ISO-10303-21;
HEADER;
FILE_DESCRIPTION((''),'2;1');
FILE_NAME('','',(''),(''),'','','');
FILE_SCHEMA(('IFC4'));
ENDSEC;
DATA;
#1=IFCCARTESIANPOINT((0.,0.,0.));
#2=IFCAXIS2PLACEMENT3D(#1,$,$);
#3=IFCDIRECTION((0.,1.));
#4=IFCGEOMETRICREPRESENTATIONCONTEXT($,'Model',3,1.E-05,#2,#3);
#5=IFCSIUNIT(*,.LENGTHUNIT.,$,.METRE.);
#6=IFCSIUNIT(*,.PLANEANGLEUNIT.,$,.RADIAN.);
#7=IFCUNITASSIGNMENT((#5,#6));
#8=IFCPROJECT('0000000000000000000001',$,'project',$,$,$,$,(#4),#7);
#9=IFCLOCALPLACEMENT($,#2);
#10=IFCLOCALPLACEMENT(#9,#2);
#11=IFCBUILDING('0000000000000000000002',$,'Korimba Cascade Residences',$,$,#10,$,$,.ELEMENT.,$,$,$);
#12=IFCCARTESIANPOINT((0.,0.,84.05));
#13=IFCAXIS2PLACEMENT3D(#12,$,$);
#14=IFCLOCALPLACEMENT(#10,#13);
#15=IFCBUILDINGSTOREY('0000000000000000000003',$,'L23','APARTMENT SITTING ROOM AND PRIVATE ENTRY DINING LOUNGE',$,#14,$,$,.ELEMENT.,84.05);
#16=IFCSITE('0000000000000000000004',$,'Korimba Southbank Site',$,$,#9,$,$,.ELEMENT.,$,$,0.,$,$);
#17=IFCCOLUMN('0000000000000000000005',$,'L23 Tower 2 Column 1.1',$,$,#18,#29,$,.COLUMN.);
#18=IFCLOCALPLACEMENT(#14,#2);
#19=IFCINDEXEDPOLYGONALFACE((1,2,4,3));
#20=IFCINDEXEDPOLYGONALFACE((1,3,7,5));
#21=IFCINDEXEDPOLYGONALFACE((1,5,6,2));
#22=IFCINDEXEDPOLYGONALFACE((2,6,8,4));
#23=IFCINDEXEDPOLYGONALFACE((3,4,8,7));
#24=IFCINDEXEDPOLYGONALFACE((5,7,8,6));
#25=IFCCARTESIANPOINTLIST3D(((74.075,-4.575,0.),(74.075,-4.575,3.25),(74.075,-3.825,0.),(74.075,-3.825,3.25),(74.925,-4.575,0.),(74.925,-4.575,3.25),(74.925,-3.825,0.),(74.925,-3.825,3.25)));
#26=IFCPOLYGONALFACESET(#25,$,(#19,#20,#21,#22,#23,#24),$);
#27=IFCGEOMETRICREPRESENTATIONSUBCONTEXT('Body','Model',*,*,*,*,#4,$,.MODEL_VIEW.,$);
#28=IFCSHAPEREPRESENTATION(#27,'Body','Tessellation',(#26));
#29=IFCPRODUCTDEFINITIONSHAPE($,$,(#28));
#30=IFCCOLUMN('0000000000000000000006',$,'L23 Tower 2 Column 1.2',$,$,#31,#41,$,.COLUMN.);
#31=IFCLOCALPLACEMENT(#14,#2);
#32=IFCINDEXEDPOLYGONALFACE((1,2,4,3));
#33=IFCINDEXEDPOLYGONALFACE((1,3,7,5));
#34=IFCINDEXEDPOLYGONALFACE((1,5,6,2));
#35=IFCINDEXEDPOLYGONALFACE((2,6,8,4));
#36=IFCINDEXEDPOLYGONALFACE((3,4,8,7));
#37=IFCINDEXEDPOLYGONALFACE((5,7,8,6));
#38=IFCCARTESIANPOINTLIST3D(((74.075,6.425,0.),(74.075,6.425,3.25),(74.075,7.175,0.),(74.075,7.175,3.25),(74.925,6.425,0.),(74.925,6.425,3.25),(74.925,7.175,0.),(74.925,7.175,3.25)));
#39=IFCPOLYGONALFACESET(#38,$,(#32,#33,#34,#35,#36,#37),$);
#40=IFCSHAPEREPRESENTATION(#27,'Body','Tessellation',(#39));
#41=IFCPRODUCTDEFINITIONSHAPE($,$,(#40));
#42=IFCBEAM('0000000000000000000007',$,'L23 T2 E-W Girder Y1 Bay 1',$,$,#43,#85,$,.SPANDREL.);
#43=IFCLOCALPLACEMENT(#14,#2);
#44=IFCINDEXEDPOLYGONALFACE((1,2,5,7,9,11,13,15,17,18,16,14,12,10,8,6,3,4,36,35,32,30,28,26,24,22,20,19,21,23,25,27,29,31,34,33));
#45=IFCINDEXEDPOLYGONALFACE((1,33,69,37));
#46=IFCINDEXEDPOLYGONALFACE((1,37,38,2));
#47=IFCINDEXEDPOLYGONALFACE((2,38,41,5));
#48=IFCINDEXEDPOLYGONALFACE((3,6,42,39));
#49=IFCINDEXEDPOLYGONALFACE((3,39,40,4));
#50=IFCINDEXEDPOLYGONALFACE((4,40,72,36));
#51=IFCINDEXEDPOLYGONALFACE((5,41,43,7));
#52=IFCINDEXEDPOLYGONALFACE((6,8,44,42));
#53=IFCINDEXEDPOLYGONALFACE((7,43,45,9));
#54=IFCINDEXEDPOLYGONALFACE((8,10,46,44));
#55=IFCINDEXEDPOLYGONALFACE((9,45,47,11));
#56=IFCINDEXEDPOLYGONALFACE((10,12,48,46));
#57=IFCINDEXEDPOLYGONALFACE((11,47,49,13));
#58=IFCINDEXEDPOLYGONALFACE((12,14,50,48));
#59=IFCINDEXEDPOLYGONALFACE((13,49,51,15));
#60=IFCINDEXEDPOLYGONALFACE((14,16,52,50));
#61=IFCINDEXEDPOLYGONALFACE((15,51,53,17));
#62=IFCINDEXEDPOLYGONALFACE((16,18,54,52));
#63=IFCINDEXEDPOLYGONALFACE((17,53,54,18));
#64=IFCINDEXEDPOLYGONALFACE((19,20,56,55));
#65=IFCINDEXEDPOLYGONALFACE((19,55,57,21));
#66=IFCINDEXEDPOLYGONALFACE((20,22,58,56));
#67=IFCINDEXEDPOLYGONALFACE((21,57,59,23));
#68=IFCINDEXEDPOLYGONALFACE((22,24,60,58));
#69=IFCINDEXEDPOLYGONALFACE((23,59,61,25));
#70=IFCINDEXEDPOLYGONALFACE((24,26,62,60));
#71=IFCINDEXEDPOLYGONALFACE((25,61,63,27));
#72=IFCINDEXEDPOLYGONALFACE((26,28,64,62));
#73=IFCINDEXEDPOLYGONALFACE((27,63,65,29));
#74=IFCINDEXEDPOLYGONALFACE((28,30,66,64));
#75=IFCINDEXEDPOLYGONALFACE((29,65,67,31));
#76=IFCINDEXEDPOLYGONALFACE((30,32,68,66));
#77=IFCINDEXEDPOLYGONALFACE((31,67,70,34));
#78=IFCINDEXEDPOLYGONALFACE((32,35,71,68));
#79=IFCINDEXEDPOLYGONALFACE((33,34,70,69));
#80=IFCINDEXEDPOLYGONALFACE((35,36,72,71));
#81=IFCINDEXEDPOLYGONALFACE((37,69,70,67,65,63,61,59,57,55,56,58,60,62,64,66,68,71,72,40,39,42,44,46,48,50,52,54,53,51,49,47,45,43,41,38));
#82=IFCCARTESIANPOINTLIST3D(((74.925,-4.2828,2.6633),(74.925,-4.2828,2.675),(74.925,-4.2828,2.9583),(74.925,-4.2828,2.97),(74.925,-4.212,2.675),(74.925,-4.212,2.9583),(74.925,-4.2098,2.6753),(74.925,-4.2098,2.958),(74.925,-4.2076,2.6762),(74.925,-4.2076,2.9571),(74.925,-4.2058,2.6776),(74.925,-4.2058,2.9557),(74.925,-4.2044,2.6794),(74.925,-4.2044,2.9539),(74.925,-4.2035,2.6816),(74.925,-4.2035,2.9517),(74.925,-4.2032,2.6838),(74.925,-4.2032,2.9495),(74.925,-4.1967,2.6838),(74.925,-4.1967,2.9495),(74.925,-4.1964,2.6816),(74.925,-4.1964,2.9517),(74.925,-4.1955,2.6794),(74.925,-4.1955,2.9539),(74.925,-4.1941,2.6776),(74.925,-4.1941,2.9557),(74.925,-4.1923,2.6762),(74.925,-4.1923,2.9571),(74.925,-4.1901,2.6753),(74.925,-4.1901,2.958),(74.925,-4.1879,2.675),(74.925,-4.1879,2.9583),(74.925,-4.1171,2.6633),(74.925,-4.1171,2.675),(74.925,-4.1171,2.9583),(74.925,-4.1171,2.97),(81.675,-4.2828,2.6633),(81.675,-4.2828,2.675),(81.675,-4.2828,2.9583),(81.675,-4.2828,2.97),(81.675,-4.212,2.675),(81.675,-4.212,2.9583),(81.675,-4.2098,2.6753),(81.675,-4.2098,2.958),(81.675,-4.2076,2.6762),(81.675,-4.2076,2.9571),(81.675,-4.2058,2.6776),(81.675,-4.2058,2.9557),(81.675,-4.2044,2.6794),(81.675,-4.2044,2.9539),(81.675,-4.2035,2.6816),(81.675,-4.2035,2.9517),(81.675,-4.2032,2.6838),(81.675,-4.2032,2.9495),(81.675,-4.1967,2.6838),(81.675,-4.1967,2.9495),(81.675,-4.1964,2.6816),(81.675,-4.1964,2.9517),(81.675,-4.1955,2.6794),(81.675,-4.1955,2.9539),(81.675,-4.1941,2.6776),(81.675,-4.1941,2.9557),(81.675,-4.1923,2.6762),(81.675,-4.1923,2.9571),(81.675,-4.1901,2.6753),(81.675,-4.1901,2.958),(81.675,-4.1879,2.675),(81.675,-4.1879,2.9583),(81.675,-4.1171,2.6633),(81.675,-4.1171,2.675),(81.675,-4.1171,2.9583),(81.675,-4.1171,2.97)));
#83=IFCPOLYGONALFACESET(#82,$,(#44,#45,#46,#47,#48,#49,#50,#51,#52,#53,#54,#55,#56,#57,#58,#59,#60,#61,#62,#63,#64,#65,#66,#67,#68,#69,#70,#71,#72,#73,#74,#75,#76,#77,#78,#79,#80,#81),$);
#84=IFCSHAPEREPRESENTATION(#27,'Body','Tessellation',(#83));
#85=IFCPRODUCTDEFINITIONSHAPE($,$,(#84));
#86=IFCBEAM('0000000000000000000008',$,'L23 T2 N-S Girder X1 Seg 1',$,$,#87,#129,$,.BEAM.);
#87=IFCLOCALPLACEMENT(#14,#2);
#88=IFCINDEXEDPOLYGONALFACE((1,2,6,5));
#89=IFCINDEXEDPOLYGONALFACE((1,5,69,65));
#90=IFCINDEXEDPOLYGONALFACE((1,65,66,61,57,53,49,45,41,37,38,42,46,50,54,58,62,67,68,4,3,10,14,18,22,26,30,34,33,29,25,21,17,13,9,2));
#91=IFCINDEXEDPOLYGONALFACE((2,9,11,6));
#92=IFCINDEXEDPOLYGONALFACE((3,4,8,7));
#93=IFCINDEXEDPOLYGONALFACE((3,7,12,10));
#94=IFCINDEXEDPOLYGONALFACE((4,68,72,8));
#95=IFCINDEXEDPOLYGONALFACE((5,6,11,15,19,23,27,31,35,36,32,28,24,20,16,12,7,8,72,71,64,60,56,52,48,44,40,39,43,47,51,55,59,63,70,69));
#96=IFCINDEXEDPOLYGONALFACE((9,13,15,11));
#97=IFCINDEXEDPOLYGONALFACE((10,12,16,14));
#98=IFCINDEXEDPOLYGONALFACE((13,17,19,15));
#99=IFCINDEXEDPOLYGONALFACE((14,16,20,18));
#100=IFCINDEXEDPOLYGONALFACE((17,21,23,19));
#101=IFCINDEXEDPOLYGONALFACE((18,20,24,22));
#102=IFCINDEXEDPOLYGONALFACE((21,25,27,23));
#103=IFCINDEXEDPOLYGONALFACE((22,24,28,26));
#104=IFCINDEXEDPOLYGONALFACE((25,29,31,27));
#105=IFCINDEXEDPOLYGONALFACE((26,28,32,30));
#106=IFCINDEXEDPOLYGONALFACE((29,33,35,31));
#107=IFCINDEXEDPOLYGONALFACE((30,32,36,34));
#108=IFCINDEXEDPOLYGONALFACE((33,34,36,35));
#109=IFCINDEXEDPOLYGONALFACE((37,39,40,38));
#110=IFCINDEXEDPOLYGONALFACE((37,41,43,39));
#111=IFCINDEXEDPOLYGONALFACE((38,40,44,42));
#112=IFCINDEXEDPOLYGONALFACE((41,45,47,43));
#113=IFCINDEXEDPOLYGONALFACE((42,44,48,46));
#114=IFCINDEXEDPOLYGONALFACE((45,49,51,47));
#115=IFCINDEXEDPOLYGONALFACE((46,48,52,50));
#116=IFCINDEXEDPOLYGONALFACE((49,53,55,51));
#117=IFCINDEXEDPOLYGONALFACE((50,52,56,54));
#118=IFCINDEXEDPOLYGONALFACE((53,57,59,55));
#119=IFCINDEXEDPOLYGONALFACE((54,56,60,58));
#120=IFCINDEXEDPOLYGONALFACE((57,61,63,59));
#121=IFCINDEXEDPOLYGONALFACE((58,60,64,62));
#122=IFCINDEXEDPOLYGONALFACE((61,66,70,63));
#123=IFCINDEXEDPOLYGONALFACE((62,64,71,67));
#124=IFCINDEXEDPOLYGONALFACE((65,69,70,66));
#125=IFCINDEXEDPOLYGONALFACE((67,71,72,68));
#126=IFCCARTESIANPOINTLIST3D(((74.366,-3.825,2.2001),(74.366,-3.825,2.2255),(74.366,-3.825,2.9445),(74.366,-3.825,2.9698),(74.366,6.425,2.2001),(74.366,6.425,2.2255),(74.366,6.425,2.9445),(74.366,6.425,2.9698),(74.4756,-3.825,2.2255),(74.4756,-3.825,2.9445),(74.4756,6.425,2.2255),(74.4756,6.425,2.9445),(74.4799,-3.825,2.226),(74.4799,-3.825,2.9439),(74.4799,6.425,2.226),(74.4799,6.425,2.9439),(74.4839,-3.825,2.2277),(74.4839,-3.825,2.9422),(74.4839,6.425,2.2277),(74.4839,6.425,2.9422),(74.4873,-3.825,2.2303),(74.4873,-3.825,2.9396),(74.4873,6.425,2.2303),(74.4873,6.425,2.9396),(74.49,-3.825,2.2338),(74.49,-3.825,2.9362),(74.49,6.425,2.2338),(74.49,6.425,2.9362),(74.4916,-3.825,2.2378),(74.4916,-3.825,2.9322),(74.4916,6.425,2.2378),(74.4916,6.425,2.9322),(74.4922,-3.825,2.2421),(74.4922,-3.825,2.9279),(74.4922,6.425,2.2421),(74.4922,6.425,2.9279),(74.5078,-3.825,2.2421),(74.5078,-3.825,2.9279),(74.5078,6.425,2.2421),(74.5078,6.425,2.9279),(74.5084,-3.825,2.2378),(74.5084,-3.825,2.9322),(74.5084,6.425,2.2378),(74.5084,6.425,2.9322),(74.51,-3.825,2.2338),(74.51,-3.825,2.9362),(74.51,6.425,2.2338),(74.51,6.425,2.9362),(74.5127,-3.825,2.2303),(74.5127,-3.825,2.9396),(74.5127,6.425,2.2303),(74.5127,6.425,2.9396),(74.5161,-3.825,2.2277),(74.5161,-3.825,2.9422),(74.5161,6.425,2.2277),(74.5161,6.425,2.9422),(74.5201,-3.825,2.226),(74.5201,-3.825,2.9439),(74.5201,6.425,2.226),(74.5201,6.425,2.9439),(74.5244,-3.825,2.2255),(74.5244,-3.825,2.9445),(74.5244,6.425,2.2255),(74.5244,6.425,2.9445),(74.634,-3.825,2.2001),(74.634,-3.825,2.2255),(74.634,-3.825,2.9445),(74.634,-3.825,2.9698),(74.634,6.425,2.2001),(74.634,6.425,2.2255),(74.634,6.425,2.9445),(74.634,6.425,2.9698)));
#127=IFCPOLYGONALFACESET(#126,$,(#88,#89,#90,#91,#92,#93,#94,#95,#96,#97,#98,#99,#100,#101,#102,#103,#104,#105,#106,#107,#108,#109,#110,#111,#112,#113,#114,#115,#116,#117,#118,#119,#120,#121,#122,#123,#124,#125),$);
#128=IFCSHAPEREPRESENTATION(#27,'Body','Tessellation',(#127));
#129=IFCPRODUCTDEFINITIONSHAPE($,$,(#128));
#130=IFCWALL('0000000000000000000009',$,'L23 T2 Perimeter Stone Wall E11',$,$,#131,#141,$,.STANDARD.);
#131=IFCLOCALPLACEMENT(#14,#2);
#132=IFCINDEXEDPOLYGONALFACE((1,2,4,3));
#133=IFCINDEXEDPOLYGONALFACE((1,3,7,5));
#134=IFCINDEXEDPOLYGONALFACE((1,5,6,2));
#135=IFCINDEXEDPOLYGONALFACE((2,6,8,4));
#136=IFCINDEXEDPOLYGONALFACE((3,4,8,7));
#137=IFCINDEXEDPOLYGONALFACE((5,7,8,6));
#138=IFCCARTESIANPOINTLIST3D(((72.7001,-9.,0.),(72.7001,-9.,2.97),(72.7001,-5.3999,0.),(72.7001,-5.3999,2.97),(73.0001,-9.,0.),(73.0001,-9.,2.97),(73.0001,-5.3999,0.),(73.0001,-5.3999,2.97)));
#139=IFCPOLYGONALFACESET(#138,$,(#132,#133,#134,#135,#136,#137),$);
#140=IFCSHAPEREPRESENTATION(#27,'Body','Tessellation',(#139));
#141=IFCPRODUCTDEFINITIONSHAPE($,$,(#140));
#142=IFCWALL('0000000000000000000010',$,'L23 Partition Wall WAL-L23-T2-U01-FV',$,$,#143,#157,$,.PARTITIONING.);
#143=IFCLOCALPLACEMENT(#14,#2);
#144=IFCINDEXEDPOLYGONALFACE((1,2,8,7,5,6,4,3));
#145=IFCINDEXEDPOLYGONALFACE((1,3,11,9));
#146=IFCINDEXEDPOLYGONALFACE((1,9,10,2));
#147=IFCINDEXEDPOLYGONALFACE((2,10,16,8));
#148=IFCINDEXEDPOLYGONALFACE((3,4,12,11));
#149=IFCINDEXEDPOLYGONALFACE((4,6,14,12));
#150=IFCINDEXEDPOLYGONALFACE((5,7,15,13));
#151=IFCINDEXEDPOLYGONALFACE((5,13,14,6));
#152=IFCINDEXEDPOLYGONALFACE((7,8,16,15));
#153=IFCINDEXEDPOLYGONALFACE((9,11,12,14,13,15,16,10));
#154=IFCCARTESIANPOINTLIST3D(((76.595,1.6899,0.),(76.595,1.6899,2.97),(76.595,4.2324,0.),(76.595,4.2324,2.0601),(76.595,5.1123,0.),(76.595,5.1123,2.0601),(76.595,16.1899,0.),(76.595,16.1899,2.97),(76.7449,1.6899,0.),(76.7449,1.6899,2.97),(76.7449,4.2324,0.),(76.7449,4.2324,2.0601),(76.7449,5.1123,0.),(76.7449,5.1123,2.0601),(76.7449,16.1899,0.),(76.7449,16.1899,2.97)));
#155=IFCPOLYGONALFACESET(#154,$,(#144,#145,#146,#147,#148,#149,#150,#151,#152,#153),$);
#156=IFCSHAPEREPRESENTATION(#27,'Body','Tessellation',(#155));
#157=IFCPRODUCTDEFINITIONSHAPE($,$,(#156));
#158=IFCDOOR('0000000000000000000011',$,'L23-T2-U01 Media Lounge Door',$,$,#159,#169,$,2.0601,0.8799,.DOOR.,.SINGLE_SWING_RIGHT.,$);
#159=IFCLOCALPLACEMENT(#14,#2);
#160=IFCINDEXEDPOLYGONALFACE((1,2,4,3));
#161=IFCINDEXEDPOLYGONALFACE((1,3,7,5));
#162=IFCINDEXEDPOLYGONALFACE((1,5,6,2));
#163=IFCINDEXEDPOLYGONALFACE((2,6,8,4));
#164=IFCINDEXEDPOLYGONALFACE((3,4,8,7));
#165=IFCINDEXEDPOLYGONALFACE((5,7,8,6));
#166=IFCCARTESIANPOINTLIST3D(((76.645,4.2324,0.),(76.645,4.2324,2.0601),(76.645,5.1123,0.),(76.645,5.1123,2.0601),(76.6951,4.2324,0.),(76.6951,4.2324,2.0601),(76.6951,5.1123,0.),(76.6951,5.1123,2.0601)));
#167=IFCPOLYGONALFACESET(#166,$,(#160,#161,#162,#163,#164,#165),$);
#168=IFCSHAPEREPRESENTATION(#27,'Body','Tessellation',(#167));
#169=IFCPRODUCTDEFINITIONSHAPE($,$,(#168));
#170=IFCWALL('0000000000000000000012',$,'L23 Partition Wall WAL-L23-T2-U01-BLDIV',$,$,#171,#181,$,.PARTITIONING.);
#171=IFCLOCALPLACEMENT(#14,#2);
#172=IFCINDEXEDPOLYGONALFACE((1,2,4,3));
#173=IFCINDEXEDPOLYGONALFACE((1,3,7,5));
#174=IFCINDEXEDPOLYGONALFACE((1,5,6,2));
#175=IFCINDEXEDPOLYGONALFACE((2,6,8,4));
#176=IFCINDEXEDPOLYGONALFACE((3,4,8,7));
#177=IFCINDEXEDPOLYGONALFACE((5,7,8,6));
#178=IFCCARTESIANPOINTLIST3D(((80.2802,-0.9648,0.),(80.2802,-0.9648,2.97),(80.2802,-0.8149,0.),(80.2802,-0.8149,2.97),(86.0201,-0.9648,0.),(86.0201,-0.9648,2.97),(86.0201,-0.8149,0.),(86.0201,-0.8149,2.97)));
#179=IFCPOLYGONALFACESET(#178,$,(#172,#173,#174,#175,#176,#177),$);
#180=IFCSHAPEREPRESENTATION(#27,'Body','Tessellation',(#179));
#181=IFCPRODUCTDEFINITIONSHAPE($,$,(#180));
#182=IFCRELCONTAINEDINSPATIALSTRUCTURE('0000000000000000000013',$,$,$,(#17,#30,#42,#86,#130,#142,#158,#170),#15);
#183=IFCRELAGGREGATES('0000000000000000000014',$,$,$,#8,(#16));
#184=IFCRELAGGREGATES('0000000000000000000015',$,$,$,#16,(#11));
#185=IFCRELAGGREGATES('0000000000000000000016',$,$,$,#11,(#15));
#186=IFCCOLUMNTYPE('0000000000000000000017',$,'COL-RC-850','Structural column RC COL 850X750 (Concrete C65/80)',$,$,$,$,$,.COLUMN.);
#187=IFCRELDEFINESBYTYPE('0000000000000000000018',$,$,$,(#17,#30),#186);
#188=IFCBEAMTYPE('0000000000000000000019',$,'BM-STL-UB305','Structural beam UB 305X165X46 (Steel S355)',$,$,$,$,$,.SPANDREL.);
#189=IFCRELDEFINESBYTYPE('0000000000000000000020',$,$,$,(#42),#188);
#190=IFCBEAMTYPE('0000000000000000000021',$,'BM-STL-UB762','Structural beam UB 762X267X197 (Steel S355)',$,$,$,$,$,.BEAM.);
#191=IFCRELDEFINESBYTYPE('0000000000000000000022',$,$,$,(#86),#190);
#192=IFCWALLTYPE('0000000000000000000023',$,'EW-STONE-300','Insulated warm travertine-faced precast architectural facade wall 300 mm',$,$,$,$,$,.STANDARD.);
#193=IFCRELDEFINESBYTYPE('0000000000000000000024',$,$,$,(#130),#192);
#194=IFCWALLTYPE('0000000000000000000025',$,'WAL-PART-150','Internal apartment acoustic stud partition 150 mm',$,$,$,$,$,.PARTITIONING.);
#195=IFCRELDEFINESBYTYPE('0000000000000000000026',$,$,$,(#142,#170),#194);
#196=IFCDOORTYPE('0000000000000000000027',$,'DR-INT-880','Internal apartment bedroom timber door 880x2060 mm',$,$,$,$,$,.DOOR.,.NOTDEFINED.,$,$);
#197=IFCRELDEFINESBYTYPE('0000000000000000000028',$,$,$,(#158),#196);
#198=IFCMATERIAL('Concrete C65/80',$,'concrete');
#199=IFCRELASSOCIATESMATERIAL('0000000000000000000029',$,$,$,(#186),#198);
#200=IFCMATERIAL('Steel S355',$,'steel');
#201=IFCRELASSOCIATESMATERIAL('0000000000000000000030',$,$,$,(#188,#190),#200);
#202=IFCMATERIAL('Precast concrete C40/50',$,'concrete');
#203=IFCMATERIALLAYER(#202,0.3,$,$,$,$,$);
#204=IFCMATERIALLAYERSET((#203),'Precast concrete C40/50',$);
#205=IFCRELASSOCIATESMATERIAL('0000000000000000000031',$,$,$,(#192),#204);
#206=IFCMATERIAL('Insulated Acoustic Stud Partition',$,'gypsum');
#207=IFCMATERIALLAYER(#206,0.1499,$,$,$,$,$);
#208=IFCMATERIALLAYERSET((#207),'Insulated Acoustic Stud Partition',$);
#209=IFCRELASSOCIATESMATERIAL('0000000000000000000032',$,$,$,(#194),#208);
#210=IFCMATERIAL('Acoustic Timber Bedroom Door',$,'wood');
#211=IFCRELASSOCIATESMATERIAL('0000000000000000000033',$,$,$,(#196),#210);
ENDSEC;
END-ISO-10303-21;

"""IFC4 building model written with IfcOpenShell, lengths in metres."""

from ifc_helpers import new_model, si_unit, direction, frame, frame_2d, origin, origin_2d, place, context, subcontext, project, spatial, rectangle, i_section, extrude, material, layer, layer_set, material_profile, profile_set, type_object, element, fill, save


model = new_model("IFC4")

# Units and contexts
model_context = context("Model", 3, precision=1e-05, world=origin(), true_north=direction((0.0, 1.0)))
body_context = subcontext(model_context, "Body", "Model", "MODEL_VIEW")
ifc_project = project(units=[si_unit("LENGTHUNIT", "METRE"), si_unit("PLANEANGLEUNIT", "RADIAN")], contexts=[model_context])

# Site, building, storey
site_placement = place(None, origin())
site = spatial("IfcSite", under=ifc_project, at=site_placement, Name="Korimba Southbank Site", CompositionType="ELEMENT", RefElevation=0.0)
building_placement = place(site_placement, origin())
building = spatial("IfcBuilding", under=site, at=building_placement, Name="Korimba Cascade Residences", CompositionType="ELEMENT")
storey_placement = place(building_placement, frame((0.0, 0.0, 84.05)))
storey = spatial("IfcBuildingStorey", under=building, at=storey_placement, Name="L23", Description="APARTMENT SITTING ROOM AND PRIVATE ENTRY DINING LOUNGE", CompositionType="ELEMENT", Elevation=84.05)

# Columns
ifc_material_1 = material(Name="Concrete C65/80", Category="concrete")
ifc_material_profile_1 = material_profile(ifc_material_1, rectangle(XDim=0.8501, YDim=0.75, at=origin_2d()), Name="Concrete C65/80")
ifc_profile_set_1 = profile_set([ifc_material_profile_1], Name="Concrete C65/80")
column_type = type_object("IfcColumnType", Name="COL-RC-850", Description="Structural column RC COL 850X750 (Concrete C65/80)", PredefinedType="COLUMN", material=ifc_profile_set_1)
for number, where, z_axis, x_axis, name in (
    (1, (74.5, -4.2, 0.0), (0.0, 0.0, 1.0), (1.0, 0.0, 0.0), "L23 Tower 2 Column 1.1"),
    (2, (74.5, 6.8, 0.0), (0.0, 0.0, 1.0), (1.0, 0.0, 0.0), "L23 Tower 2 Column 1.2"),
):
    element("IfcColumn", number, at=place(storey_placement, frame(where, z_axis=z_axis, x_axis=x_axis)), inside=storey, type_object=column_type, Name=name, PredefinedType="COLUMN", context=body_context, shape_type="SweptSolid", body=[
        extrude(rectangle(XDim=0.8501, YDim=0.75, at=origin_2d()), origin(), (0.0, 0.0, 1.0), 3.25),
    ])

# Beams
ifc_material_2 = material(Name="Steel S355", Category="steel")
ifc_material_profile_2 = material_profile(ifc_material_2, i_section(OverallWidth=0.1658, OverallDepth=0.3066, WebThickness=0.0066, FlangeThickness=0.0117, FilletRadius=0.0088, at=origin_2d()), Name="Steel S355")
ifc_profile_set_2 = profile_set([ifc_material_profile_2], Name="Steel S355")
beam_type_1 = type_object("IfcBeamType", Name="BM-STL-UB305", Description="Structural beam UB 305X165X46 (Steel S355)", PredefinedType="SPANDREL", material=ifc_profile_set_2)
beam_1_placement = place(storey_placement, frame((74.925, -4.2, 2.8167), z_axis=(1.0, 0.0, 0.0), x_axis=(0.0, 1.0, 0.0)))
element("IfcBeam", 3, at=beam_1_placement, inside=storey, type_object=beam_type_1, Name="L23 T2 E-W Girder Y1 Bay 1", PredefinedType="SPANDREL", context=body_context, shape_type="SweptSolid", body=[
    extrude(i_section(OverallWidth=0.1658, OverallDepth=0.3066, WebThickness=0.0066, FlangeThickness=0.0117, FilletRadius=0.0088, at=origin_2d()), origin(), (0.0, 0.0, 1.0), 6.75),
])
ifc_material_profile_3 = material_profile(ifc_material_2, i_section(OverallWidth=0.2681, OverallDepth=0.7698, WebThickness=0.0156, FlangeThickness=0.0254, FilletRadius=0.0166, at=origin_2d()), Name="Steel S355")
ifc_profile_set_3 = profile_set([ifc_material_profile_3], Name="Steel S355")
beam_type_2 = type_object("IfcBeamType", Name="BM-STL-UB762", Description="Structural beam UB 762X267X197 (Steel S355)", PredefinedType="BEAM", material=ifc_profile_set_3)
beam_2_placement = place(storey_placement, frame((74.5, -3.825, 2.585), z_axis=(0.0, 1.0, 0.0), x_axis=(-1.0, 0.0, 0.0)))
element("IfcBeam", 4, at=beam_2_placement, inside=storey, type_object=beam_type_2, Name="L23 T2 N-S Girder X1 Seg 1", PredefinedType="BEAM", context=body_context, shape_type="SweptSolid", body=[
    extrude(i_section(OverallWidth=0.2681, OverallDepth=0.7698, WebThickness=0.0156, FlangeThickness=0.0254, FilletRadius=0.0166, at=origin_2d()), origin(), (0.0, 0.0, 1.0), 10.25),
])

# Wall
ifc_material_3 = material(Name="Precast concrete C40/50", Category="concrete")
ifc_layer_1 = layer(ifc_material_3, 0.3)
ifc_layer_set_1 = layer_set([ifc_layer_1], Name="Precast concrete C40/50")
wall_type_1 = type_object("IfcWallType", Name="EW-STONE-300", Description="Insulated warm travertine-faced precast architectural facade wall 300 mm", PredefinedType="STANDARD", material=ifc_layer_set_1)
wall_1_placement = place(storey_placement, frame((72.8501, -5.3999, 0.0), z_axis=(0.0, 0.0, 1.0), x_axis=(0.0, -1.0, 0.0)))
element("IfcWall", 5, at=wall_1_placement, inside=storey, type_object=wall_type_1, Name="L23 T2 Perimeter Stone Wall E11", PredefinedType="STANDARD", context=body_context, shape_type="SweptSolid", body=[
    extrude(rectangle(XDim=3.6001, YDim=0.3, at=frame_2d((1.8, 0.0))), origin(), (0.0, 0.0, 1.0), 2.97),
])

# Wall, opening, door
ifc_material_4 = material(Name="Insulated Acoustic Stud Partition", Category="gypsum")
ifc_layer_2 = layer(ifc_material_4, 0.1499)
ifc_layer_set_2 = layer_set([ifc_layer_2], Name="Insulated Acoustic Stud Partition")
wall_type_2 = type_object("IfcWallType", Name="WAL-PART-150", Description="Internal apartment acoustic stud partition 150 mm", PredefinedType="PARTITIONING", material=ifc_layer_set_2)
wall_2_placement = place(storey_placement, frame((76.6699, 1.6899, 0.0), z_axis=(0.0, 0.0, 1.0), x_axis=(0.0, 1.0, 0.0)))
wall_2 = element("IfcWall", 6, at=wall_2_placement, inside=storey, type_object=wall_type_2, Name="L23 Partition Wall WAL-L23-T2-U01-FV", PredefinedType="PARTITIONING", context=body_context, shape_type="SweptSolid", body=[
    extrude(rectangle(XDim=14.5, YDim=0.1499, at=frame_2d((7.25, 0.0))), origin(), (0.0, 0.0, 1.0), 2.97),
])
opening_1_placement = place(wall_2_placement, frame((2.5425, 0.0, 0.0)))
opening_1 = element("IfcOpeningElement", 7, at=opening_1_placement, cuts=wall_2, PredefinedType="OPENING", context=body_context, shape_type="SweptSolid", body=[
    extrude(rectangle(XDim=0.8799, YDim=2.0601, at=frame_2d((0.4399, 1.03))), frame((0.0, 0.085, 0.0), z_axis=(0.0, -1.0, 0.0), x_axis=(1.0, 0.0, 0.0)), (0.0, 0.0, 1.0), 0.1699),
])
ifc_material_5 = material(Name="Acoustic Timber Bedroom Door", Category="wood")
door_type_1 = type_object("IfcDoorType", Name="DR-INT-880", Description="Internal apartment bedroom timber door 880x2060 mm", OperationType="NOTDEFINED", PredefinedType="DOOR", material=ifc_material_5)
door_1_placement = place(opening_1_placement, origin())
door_1 = element("IfcDoor", 8, at=door_1_placement, inside=storey, type_object=door_type_1, Name="L23-T2-U01 Media Lounge Door", OperationType="SINGLE_SWING_RIGHT", OverallHeight=2.0601, OverallWidth=0.8799, PredefinedType="DOOR", context=body_context, shape_type="SweptSolid", body=[
    extrude(rectangle(XDim=0.8799, YDim=2.0601, at=frame_2d((0.4399, 1.03))), frame((0.0, 0.0249, 0.0), z_axis=(0.0, -1.0, 0.0), x_axis=(1.0, 0.0, 0.0)), (0.0, 0.0, 1.0), 0.05),
])
fill(opening_1, door_1)

# Wall
wall_3_placement = place(storey_placement, frame((80.28, -0.8899, 0.0), z_axis=(0.0, 0.0, 1.0), x_axis=(1.0, 0.0, 0.0)))
element("IfcWall", 9, at=wall_3_placement, inside=storey, type_object=wall_type_2, Name="L23 Partition Wall WAL-L23-T2-U01-BLDIV", PredefinedType="PARTITIONING", context=body_context, shape_type="SweptSolid", body=[
    extrude(rectangle(XDim=5.74, YDim=0.1499, at=frame_2d((2.8701, 0.0))), origin(), (0.0, 0.0, 1.0), 2.97),
])

save(model, "model.ifc")
